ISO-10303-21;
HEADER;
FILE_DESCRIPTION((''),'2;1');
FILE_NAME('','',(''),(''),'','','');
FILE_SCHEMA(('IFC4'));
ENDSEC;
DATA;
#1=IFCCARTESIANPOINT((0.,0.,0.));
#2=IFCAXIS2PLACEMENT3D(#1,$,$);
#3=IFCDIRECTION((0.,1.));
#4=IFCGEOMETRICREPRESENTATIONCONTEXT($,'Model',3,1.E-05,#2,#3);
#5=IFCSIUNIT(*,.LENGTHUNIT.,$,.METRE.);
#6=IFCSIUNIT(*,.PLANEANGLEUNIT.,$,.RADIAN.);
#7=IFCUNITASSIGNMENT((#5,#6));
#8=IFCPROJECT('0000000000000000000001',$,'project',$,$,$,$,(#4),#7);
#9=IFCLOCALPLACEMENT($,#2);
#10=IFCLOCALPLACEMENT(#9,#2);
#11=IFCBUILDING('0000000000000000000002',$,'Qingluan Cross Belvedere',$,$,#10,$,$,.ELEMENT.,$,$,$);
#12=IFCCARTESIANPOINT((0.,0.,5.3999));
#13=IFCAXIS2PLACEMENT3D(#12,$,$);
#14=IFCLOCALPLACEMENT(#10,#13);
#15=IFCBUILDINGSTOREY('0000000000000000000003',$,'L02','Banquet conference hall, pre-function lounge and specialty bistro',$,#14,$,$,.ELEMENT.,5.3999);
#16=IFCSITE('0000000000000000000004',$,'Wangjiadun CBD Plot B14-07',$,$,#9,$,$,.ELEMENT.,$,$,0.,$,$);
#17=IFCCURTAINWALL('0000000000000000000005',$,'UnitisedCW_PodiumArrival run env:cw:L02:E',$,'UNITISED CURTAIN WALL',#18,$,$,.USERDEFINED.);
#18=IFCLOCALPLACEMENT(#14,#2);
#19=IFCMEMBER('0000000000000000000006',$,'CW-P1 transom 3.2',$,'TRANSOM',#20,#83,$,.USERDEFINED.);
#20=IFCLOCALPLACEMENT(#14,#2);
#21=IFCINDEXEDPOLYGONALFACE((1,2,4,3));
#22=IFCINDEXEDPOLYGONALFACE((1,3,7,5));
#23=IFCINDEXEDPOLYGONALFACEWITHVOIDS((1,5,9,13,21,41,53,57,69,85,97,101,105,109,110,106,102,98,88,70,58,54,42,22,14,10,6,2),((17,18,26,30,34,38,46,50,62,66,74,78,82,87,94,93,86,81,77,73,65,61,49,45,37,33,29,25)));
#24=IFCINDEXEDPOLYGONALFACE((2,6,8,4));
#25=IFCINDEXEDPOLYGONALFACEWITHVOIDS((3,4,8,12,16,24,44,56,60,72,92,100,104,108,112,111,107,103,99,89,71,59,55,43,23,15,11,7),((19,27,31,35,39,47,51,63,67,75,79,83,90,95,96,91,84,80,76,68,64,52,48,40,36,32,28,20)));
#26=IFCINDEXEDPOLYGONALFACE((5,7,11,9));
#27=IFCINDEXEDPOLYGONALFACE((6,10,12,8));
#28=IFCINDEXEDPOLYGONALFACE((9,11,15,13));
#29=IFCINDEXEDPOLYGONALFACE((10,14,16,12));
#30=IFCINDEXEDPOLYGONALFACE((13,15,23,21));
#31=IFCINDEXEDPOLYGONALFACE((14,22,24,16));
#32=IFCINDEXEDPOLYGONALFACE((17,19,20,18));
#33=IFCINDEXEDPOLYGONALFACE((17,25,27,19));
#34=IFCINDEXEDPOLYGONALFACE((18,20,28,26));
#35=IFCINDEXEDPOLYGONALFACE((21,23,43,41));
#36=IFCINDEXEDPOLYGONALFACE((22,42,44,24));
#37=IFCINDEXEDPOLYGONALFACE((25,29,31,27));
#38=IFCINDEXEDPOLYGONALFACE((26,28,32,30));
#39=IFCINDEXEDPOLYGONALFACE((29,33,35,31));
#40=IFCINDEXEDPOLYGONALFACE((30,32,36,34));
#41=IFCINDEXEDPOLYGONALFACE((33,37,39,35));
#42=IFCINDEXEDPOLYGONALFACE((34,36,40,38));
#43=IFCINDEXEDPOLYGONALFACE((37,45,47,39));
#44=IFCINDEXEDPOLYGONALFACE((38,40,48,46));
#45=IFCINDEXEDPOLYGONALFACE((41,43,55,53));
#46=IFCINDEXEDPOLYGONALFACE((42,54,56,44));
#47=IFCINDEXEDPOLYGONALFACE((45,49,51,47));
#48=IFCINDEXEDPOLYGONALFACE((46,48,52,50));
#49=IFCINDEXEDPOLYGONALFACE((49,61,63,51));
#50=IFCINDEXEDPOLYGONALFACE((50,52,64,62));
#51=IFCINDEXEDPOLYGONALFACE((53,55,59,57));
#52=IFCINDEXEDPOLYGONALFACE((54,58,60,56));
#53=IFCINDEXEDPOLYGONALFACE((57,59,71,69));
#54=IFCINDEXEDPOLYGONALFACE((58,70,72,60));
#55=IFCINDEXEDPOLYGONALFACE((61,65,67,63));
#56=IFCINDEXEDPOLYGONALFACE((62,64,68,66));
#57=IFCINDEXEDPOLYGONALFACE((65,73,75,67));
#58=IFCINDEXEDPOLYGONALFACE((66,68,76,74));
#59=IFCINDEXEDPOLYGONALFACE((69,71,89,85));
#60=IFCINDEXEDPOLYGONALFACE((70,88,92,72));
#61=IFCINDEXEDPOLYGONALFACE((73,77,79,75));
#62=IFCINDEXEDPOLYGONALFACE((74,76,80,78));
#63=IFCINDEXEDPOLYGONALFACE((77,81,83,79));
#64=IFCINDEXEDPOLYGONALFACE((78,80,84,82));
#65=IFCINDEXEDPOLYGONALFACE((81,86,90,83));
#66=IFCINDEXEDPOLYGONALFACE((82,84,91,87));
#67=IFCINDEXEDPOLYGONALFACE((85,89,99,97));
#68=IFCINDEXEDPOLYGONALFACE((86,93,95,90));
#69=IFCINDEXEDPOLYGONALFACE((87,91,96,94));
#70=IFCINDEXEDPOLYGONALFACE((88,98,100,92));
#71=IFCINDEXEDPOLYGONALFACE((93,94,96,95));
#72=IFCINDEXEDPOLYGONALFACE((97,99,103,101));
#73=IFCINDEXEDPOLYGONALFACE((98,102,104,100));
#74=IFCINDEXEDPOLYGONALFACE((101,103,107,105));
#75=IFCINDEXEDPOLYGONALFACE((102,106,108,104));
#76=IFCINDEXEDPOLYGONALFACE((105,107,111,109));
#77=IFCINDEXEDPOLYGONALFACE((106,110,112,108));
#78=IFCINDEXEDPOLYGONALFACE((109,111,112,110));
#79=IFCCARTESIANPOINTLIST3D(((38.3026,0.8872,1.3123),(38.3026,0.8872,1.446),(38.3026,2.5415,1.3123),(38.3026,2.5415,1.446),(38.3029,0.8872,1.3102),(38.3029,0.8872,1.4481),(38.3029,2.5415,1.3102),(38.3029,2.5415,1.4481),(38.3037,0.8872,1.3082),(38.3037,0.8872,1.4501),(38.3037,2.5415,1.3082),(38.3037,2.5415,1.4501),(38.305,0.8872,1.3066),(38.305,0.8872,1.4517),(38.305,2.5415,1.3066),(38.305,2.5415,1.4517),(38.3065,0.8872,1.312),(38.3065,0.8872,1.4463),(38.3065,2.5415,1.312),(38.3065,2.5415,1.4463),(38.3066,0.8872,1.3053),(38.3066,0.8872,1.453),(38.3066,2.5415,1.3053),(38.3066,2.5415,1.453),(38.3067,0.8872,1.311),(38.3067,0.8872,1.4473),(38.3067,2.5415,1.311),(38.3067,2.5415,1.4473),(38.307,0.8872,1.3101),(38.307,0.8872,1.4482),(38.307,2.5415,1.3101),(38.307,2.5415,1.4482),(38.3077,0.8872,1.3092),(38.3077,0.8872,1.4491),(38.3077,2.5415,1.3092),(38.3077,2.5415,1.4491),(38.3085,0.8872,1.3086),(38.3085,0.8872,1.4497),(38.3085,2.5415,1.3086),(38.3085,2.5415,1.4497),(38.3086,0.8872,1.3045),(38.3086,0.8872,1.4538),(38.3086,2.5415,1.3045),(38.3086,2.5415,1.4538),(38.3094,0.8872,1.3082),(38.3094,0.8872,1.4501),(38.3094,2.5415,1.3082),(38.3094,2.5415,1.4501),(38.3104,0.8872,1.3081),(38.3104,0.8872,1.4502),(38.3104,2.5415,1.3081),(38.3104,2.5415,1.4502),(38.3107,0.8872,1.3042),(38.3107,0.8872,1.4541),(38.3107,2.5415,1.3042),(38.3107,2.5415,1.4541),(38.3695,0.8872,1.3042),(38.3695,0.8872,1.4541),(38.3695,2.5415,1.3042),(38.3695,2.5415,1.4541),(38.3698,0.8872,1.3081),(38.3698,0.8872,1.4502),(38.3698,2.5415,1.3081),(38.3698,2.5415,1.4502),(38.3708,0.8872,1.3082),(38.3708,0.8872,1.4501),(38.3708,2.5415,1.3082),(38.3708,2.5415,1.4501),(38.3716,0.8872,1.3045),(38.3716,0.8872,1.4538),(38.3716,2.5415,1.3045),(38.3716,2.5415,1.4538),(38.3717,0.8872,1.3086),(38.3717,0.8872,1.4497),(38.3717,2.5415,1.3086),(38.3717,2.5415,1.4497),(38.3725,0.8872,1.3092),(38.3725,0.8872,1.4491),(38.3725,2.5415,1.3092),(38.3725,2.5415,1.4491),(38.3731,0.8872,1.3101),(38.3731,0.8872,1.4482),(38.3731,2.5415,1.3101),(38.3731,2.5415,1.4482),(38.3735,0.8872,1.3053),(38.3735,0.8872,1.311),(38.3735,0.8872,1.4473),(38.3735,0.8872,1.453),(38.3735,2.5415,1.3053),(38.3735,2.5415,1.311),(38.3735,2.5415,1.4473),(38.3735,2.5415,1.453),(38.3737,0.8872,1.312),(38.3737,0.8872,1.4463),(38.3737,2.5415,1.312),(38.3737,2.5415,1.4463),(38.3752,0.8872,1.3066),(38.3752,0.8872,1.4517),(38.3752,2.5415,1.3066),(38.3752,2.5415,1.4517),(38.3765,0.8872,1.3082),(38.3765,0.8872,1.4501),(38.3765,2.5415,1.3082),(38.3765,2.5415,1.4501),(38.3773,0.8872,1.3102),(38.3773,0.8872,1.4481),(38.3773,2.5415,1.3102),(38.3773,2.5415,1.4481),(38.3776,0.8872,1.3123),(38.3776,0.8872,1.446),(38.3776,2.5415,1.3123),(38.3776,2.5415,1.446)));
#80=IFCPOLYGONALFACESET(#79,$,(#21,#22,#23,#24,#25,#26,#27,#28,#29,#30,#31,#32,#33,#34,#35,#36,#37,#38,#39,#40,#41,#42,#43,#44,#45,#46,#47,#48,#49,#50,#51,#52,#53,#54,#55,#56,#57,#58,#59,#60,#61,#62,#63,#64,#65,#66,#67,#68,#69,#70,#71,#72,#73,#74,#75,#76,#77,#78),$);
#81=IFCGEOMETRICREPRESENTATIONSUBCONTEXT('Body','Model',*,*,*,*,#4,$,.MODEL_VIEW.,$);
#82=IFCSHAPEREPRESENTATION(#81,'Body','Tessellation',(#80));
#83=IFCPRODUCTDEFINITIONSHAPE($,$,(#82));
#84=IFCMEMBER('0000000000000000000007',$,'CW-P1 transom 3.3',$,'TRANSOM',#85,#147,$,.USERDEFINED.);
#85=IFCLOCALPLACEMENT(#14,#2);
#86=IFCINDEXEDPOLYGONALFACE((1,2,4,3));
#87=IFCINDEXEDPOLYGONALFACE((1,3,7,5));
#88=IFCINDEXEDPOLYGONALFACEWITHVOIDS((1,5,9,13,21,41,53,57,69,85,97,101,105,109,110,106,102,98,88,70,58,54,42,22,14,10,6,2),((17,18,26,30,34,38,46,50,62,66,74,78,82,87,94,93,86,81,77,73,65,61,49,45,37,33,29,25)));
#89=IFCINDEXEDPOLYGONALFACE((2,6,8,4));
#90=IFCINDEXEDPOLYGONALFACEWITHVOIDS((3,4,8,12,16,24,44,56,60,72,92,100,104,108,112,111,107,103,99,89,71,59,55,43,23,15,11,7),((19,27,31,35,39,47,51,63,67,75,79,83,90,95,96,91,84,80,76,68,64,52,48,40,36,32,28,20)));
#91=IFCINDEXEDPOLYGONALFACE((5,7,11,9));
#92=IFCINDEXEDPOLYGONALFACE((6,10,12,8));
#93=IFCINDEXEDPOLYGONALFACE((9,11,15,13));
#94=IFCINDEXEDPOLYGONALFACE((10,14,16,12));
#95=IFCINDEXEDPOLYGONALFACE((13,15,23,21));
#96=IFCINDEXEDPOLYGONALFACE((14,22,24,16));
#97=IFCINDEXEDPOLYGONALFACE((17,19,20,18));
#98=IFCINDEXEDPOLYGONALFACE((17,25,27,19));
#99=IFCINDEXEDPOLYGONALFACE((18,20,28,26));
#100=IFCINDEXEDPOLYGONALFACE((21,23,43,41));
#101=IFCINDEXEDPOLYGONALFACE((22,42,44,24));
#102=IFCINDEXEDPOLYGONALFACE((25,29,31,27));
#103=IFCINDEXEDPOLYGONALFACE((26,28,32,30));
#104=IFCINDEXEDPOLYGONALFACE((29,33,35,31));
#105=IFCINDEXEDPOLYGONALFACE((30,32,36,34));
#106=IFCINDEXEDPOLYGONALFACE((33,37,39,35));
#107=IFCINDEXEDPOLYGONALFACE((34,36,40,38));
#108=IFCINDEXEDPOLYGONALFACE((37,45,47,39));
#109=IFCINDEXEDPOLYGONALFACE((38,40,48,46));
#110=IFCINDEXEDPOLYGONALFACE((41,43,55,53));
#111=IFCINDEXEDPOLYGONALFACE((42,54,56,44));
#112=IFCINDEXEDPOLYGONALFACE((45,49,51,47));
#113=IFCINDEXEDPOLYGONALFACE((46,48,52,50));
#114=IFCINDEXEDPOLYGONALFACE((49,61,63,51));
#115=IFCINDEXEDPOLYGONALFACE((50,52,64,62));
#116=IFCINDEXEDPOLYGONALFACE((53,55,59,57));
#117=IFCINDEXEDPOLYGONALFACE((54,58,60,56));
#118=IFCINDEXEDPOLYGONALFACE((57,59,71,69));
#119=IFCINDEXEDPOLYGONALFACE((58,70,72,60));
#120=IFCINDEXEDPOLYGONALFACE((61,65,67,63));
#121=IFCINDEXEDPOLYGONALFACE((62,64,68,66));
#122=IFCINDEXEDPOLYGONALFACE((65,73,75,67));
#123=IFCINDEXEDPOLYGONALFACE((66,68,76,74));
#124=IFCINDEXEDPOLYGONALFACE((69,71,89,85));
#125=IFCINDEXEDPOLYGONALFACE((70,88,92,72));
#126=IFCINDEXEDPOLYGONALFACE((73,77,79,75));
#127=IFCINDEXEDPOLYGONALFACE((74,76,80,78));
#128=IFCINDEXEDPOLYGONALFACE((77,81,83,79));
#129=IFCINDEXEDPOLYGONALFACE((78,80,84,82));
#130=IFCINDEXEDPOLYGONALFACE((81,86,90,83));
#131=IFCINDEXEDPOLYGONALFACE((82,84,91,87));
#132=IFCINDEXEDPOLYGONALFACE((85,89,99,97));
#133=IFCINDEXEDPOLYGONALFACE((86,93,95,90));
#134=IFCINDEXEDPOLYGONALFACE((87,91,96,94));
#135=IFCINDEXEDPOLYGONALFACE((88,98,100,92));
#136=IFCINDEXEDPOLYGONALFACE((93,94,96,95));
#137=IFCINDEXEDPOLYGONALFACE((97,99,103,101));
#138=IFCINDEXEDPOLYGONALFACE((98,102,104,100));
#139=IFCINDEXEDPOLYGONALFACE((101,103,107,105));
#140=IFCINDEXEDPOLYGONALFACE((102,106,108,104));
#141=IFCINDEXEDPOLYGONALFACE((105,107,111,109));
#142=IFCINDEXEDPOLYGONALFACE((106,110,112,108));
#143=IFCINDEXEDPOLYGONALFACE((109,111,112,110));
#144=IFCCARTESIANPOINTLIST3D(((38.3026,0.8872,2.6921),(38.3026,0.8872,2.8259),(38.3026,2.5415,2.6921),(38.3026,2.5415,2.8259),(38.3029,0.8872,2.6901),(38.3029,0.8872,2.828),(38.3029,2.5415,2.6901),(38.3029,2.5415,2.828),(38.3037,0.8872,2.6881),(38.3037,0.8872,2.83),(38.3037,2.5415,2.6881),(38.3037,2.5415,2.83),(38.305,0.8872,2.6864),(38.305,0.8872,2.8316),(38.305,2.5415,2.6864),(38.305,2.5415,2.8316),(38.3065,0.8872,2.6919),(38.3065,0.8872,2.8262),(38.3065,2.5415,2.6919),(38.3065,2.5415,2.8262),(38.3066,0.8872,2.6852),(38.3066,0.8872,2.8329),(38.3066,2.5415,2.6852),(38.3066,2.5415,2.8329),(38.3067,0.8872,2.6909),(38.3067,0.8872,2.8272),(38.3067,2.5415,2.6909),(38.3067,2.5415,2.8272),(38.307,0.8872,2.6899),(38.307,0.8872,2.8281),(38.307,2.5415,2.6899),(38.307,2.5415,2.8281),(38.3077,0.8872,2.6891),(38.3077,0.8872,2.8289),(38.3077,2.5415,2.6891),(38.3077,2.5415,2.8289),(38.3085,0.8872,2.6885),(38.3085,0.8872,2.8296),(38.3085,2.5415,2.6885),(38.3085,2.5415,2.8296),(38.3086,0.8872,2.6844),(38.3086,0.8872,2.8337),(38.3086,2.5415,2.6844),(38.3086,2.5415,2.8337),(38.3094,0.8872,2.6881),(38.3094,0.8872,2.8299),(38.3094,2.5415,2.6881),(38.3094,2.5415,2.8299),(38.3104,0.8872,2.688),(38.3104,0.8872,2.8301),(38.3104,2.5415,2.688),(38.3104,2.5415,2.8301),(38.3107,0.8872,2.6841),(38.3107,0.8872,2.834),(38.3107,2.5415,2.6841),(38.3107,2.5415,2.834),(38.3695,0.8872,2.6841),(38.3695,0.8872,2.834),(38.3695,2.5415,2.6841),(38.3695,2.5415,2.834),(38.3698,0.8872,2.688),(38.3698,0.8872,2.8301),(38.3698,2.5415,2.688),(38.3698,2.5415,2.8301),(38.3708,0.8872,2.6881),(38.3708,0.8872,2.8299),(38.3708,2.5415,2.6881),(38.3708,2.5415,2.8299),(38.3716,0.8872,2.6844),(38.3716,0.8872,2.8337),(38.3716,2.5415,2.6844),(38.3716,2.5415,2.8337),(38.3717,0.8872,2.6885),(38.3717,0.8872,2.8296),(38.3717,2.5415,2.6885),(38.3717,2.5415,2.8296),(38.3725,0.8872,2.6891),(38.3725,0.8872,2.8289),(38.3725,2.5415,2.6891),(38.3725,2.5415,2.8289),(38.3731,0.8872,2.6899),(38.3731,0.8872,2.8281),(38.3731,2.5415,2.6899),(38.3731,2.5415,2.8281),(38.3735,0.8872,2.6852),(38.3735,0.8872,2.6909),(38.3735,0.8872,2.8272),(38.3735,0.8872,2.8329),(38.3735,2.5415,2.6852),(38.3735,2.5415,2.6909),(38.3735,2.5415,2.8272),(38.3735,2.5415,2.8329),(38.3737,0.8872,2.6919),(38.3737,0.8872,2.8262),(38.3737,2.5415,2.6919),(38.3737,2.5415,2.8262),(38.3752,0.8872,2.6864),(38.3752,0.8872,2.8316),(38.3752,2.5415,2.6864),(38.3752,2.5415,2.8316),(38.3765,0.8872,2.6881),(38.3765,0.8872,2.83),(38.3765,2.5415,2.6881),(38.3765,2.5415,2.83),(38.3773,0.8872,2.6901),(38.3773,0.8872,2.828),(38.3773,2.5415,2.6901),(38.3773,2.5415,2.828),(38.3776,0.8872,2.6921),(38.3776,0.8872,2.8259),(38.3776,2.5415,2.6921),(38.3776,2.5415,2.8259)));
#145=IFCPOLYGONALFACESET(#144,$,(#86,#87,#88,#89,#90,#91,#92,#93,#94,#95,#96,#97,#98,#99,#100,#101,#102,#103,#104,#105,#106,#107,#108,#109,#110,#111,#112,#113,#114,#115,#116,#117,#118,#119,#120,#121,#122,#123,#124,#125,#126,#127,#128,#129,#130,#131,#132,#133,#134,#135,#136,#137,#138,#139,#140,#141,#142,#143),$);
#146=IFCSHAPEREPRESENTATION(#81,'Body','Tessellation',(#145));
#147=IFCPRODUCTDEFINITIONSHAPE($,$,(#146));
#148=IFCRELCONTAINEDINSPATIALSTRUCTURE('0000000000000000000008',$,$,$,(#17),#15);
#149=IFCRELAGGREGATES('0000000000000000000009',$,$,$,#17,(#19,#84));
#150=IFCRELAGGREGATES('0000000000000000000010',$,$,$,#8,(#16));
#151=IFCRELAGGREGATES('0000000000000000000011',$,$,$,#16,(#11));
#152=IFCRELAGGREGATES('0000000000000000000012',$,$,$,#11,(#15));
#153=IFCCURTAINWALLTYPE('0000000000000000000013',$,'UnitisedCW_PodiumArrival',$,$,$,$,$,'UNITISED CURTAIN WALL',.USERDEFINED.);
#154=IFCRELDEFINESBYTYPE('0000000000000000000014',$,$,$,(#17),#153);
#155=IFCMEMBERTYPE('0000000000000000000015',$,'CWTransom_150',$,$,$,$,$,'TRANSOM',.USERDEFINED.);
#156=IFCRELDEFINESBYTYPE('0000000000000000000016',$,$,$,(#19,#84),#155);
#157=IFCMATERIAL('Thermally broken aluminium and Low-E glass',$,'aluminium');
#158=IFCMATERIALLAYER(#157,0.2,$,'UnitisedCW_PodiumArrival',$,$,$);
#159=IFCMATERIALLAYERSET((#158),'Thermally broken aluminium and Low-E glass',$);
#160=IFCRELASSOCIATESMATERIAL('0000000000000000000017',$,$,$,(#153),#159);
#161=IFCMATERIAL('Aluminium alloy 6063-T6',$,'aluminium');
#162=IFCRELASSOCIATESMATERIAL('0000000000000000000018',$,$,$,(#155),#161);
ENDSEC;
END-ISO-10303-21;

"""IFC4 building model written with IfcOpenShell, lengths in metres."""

from ifc_helpers import new_model, si_unit, direction, frame, origin, origin_2d, place, context, subcontext, project, spatial, hollow_rectangle, extrude, material, layer, layer_set, material_profile, profile_set, type_object, element, aggregate, save


model = new_model("IFC4")

# Units and contexts
model_context = context("Model", 3, precision=1e-05, world=origin(), true_north=direction((0.0, 1.0)))
body_context = subcontext(model_context, "Body", "Model", "MODEL_VIEW")
ifc_project = project(units=[si_unit("LENGTHUNIT", "METRE"), si_unit("PLANEANGLEUNIT", "RADIAN")], contexts=[model_context])

# Site, building, storey
site_placement = place(None, origin())
site = spatial("IfcSite", under=ifc_project, at=site_placement, Name="Wangjiadun CBD Plot B14-07", CompositionType="ELEMENT", RefElevation=0.0)
building_placement = place(site_placement, origin())
building = spatial("IfcBuilding", under=site, at=building_placement, Name="Qingluan Cross Belvedere", CompositionType="ELEMENT")
storey_placement = place(building_placement, frame((0.0, 0.0, 5.3999)))
storey = spatial("IfcBuildingStorey", under=building, at=storey_placement, Name="L02", Description="Banquet conference hall, pre-function lounge and specialty bistro", CompositionType="ELEMENT", Elevation=5.3999)

# Curtain wall, members
ifc_material_1 = material(Name="Thermally broken aluminium and Low-E glass", Category="aluminium")
ifc_layer_1 = layer(ifc_material_1, 0.2, Name="UnitisedCW_PodiumArrival")
ifc_layer_set_1 = layer_set([ifc_layer_1], Name="Thermally broken aluminium and Low-E glass")
curtain_wall_type = type_object("IfcCurtainWallType", Name="UnitisedCW_PodiumArrival", ElementType="UNITISED CURTAIN WALL", PredefinedType="USERDEFINED", material=ifc_layer_set_1)
curtain_wall_placement = place(storey_placement, origin())
curtain_wall = element("IfcCurtainWall", 1, at=curtain_wall_placement, inside=storey, type_object=curtain_wall_type, Name="UnitisedCW_PodiumArrival run env:cw:L02:E", ObjectType="UNITISED CURTAIN WALL", PredefinedType="USERDEFINED")
ifc_material_2 = material(Name="Aluminium alloy 6063-T6", Category="aluminium")
ifc_material_profile_1 = material_profile(ifc_material_2, hollow_rectangle(XDim=0.075, YDim=0.1499, WallThickness=0.0039, InnerFilletRadius=0.0039, OuterFilletRadius=0.0081, at=origin_2d()), Name="CWT150x75x4")
ifc_profile_set_1 = profile_set([ifc_material_profile_1], Name="Aluminium alloy 6063-T6")
member_type_1 = type_object("IfcMemberType", Name="CWTransom_150", ElementType="TRANSOM", PredefinedType="USERDEFINED", material=ifc_profile_set_1)
member_1_placement = place(storey_placement, frame((38.3401, 2.5415, 1.3792), z_axis=(0.0, -1.0, 0.0), x_axis=(1.0, 0.0, 0.0)))
member_1 = element("IfcMember", 2, at=member_1_placement, type_object=member_type_1, Name="CW-P1 transom 3.2", ObjectType="TRANSOM", PredefinedType="USERDEFINED", context=body_context, shape_type="SweptSolid", body=[
    extrude(hollow_rectangle(XDim=0.075, YDim=0.1499, WallThickness=0.0039, InnerFilletRadius=0.0039, OuterFilletRadius=0.0081, at=origin_2d()), origin(), (0.0, 0.0, 1.0), 1.6543),
])
member_2_placement = place(storey_placement, frame((38.3401, 2.5415, 2.759), z_axis=(0.0, -1.0, 0.0), x_axis=(1.0, 0.0, 0.0)))
member_2 = element("IfcMember", 3, at=member_2_placement, type_object=member_type_1, Name="CW-P1 transom 3.3", ObjectType="TRANSOM", PredefinedType="USERDEFINED", context=body_context, shape_type="SweptSolid", body=[
    extrude(hollow_rectangle(XDim=0.075, YDim=0.1499, WallThickness=0.0039, InnerFilletRadius=0.0039, OuterFilletRadius=0.0081, at=origin_2d()), origin(), (0.0, 0.0, 1.0), 1.6543),
])
aggregate(curtain_wall, [member_1, member_2])

save(model, "model.ifc")
